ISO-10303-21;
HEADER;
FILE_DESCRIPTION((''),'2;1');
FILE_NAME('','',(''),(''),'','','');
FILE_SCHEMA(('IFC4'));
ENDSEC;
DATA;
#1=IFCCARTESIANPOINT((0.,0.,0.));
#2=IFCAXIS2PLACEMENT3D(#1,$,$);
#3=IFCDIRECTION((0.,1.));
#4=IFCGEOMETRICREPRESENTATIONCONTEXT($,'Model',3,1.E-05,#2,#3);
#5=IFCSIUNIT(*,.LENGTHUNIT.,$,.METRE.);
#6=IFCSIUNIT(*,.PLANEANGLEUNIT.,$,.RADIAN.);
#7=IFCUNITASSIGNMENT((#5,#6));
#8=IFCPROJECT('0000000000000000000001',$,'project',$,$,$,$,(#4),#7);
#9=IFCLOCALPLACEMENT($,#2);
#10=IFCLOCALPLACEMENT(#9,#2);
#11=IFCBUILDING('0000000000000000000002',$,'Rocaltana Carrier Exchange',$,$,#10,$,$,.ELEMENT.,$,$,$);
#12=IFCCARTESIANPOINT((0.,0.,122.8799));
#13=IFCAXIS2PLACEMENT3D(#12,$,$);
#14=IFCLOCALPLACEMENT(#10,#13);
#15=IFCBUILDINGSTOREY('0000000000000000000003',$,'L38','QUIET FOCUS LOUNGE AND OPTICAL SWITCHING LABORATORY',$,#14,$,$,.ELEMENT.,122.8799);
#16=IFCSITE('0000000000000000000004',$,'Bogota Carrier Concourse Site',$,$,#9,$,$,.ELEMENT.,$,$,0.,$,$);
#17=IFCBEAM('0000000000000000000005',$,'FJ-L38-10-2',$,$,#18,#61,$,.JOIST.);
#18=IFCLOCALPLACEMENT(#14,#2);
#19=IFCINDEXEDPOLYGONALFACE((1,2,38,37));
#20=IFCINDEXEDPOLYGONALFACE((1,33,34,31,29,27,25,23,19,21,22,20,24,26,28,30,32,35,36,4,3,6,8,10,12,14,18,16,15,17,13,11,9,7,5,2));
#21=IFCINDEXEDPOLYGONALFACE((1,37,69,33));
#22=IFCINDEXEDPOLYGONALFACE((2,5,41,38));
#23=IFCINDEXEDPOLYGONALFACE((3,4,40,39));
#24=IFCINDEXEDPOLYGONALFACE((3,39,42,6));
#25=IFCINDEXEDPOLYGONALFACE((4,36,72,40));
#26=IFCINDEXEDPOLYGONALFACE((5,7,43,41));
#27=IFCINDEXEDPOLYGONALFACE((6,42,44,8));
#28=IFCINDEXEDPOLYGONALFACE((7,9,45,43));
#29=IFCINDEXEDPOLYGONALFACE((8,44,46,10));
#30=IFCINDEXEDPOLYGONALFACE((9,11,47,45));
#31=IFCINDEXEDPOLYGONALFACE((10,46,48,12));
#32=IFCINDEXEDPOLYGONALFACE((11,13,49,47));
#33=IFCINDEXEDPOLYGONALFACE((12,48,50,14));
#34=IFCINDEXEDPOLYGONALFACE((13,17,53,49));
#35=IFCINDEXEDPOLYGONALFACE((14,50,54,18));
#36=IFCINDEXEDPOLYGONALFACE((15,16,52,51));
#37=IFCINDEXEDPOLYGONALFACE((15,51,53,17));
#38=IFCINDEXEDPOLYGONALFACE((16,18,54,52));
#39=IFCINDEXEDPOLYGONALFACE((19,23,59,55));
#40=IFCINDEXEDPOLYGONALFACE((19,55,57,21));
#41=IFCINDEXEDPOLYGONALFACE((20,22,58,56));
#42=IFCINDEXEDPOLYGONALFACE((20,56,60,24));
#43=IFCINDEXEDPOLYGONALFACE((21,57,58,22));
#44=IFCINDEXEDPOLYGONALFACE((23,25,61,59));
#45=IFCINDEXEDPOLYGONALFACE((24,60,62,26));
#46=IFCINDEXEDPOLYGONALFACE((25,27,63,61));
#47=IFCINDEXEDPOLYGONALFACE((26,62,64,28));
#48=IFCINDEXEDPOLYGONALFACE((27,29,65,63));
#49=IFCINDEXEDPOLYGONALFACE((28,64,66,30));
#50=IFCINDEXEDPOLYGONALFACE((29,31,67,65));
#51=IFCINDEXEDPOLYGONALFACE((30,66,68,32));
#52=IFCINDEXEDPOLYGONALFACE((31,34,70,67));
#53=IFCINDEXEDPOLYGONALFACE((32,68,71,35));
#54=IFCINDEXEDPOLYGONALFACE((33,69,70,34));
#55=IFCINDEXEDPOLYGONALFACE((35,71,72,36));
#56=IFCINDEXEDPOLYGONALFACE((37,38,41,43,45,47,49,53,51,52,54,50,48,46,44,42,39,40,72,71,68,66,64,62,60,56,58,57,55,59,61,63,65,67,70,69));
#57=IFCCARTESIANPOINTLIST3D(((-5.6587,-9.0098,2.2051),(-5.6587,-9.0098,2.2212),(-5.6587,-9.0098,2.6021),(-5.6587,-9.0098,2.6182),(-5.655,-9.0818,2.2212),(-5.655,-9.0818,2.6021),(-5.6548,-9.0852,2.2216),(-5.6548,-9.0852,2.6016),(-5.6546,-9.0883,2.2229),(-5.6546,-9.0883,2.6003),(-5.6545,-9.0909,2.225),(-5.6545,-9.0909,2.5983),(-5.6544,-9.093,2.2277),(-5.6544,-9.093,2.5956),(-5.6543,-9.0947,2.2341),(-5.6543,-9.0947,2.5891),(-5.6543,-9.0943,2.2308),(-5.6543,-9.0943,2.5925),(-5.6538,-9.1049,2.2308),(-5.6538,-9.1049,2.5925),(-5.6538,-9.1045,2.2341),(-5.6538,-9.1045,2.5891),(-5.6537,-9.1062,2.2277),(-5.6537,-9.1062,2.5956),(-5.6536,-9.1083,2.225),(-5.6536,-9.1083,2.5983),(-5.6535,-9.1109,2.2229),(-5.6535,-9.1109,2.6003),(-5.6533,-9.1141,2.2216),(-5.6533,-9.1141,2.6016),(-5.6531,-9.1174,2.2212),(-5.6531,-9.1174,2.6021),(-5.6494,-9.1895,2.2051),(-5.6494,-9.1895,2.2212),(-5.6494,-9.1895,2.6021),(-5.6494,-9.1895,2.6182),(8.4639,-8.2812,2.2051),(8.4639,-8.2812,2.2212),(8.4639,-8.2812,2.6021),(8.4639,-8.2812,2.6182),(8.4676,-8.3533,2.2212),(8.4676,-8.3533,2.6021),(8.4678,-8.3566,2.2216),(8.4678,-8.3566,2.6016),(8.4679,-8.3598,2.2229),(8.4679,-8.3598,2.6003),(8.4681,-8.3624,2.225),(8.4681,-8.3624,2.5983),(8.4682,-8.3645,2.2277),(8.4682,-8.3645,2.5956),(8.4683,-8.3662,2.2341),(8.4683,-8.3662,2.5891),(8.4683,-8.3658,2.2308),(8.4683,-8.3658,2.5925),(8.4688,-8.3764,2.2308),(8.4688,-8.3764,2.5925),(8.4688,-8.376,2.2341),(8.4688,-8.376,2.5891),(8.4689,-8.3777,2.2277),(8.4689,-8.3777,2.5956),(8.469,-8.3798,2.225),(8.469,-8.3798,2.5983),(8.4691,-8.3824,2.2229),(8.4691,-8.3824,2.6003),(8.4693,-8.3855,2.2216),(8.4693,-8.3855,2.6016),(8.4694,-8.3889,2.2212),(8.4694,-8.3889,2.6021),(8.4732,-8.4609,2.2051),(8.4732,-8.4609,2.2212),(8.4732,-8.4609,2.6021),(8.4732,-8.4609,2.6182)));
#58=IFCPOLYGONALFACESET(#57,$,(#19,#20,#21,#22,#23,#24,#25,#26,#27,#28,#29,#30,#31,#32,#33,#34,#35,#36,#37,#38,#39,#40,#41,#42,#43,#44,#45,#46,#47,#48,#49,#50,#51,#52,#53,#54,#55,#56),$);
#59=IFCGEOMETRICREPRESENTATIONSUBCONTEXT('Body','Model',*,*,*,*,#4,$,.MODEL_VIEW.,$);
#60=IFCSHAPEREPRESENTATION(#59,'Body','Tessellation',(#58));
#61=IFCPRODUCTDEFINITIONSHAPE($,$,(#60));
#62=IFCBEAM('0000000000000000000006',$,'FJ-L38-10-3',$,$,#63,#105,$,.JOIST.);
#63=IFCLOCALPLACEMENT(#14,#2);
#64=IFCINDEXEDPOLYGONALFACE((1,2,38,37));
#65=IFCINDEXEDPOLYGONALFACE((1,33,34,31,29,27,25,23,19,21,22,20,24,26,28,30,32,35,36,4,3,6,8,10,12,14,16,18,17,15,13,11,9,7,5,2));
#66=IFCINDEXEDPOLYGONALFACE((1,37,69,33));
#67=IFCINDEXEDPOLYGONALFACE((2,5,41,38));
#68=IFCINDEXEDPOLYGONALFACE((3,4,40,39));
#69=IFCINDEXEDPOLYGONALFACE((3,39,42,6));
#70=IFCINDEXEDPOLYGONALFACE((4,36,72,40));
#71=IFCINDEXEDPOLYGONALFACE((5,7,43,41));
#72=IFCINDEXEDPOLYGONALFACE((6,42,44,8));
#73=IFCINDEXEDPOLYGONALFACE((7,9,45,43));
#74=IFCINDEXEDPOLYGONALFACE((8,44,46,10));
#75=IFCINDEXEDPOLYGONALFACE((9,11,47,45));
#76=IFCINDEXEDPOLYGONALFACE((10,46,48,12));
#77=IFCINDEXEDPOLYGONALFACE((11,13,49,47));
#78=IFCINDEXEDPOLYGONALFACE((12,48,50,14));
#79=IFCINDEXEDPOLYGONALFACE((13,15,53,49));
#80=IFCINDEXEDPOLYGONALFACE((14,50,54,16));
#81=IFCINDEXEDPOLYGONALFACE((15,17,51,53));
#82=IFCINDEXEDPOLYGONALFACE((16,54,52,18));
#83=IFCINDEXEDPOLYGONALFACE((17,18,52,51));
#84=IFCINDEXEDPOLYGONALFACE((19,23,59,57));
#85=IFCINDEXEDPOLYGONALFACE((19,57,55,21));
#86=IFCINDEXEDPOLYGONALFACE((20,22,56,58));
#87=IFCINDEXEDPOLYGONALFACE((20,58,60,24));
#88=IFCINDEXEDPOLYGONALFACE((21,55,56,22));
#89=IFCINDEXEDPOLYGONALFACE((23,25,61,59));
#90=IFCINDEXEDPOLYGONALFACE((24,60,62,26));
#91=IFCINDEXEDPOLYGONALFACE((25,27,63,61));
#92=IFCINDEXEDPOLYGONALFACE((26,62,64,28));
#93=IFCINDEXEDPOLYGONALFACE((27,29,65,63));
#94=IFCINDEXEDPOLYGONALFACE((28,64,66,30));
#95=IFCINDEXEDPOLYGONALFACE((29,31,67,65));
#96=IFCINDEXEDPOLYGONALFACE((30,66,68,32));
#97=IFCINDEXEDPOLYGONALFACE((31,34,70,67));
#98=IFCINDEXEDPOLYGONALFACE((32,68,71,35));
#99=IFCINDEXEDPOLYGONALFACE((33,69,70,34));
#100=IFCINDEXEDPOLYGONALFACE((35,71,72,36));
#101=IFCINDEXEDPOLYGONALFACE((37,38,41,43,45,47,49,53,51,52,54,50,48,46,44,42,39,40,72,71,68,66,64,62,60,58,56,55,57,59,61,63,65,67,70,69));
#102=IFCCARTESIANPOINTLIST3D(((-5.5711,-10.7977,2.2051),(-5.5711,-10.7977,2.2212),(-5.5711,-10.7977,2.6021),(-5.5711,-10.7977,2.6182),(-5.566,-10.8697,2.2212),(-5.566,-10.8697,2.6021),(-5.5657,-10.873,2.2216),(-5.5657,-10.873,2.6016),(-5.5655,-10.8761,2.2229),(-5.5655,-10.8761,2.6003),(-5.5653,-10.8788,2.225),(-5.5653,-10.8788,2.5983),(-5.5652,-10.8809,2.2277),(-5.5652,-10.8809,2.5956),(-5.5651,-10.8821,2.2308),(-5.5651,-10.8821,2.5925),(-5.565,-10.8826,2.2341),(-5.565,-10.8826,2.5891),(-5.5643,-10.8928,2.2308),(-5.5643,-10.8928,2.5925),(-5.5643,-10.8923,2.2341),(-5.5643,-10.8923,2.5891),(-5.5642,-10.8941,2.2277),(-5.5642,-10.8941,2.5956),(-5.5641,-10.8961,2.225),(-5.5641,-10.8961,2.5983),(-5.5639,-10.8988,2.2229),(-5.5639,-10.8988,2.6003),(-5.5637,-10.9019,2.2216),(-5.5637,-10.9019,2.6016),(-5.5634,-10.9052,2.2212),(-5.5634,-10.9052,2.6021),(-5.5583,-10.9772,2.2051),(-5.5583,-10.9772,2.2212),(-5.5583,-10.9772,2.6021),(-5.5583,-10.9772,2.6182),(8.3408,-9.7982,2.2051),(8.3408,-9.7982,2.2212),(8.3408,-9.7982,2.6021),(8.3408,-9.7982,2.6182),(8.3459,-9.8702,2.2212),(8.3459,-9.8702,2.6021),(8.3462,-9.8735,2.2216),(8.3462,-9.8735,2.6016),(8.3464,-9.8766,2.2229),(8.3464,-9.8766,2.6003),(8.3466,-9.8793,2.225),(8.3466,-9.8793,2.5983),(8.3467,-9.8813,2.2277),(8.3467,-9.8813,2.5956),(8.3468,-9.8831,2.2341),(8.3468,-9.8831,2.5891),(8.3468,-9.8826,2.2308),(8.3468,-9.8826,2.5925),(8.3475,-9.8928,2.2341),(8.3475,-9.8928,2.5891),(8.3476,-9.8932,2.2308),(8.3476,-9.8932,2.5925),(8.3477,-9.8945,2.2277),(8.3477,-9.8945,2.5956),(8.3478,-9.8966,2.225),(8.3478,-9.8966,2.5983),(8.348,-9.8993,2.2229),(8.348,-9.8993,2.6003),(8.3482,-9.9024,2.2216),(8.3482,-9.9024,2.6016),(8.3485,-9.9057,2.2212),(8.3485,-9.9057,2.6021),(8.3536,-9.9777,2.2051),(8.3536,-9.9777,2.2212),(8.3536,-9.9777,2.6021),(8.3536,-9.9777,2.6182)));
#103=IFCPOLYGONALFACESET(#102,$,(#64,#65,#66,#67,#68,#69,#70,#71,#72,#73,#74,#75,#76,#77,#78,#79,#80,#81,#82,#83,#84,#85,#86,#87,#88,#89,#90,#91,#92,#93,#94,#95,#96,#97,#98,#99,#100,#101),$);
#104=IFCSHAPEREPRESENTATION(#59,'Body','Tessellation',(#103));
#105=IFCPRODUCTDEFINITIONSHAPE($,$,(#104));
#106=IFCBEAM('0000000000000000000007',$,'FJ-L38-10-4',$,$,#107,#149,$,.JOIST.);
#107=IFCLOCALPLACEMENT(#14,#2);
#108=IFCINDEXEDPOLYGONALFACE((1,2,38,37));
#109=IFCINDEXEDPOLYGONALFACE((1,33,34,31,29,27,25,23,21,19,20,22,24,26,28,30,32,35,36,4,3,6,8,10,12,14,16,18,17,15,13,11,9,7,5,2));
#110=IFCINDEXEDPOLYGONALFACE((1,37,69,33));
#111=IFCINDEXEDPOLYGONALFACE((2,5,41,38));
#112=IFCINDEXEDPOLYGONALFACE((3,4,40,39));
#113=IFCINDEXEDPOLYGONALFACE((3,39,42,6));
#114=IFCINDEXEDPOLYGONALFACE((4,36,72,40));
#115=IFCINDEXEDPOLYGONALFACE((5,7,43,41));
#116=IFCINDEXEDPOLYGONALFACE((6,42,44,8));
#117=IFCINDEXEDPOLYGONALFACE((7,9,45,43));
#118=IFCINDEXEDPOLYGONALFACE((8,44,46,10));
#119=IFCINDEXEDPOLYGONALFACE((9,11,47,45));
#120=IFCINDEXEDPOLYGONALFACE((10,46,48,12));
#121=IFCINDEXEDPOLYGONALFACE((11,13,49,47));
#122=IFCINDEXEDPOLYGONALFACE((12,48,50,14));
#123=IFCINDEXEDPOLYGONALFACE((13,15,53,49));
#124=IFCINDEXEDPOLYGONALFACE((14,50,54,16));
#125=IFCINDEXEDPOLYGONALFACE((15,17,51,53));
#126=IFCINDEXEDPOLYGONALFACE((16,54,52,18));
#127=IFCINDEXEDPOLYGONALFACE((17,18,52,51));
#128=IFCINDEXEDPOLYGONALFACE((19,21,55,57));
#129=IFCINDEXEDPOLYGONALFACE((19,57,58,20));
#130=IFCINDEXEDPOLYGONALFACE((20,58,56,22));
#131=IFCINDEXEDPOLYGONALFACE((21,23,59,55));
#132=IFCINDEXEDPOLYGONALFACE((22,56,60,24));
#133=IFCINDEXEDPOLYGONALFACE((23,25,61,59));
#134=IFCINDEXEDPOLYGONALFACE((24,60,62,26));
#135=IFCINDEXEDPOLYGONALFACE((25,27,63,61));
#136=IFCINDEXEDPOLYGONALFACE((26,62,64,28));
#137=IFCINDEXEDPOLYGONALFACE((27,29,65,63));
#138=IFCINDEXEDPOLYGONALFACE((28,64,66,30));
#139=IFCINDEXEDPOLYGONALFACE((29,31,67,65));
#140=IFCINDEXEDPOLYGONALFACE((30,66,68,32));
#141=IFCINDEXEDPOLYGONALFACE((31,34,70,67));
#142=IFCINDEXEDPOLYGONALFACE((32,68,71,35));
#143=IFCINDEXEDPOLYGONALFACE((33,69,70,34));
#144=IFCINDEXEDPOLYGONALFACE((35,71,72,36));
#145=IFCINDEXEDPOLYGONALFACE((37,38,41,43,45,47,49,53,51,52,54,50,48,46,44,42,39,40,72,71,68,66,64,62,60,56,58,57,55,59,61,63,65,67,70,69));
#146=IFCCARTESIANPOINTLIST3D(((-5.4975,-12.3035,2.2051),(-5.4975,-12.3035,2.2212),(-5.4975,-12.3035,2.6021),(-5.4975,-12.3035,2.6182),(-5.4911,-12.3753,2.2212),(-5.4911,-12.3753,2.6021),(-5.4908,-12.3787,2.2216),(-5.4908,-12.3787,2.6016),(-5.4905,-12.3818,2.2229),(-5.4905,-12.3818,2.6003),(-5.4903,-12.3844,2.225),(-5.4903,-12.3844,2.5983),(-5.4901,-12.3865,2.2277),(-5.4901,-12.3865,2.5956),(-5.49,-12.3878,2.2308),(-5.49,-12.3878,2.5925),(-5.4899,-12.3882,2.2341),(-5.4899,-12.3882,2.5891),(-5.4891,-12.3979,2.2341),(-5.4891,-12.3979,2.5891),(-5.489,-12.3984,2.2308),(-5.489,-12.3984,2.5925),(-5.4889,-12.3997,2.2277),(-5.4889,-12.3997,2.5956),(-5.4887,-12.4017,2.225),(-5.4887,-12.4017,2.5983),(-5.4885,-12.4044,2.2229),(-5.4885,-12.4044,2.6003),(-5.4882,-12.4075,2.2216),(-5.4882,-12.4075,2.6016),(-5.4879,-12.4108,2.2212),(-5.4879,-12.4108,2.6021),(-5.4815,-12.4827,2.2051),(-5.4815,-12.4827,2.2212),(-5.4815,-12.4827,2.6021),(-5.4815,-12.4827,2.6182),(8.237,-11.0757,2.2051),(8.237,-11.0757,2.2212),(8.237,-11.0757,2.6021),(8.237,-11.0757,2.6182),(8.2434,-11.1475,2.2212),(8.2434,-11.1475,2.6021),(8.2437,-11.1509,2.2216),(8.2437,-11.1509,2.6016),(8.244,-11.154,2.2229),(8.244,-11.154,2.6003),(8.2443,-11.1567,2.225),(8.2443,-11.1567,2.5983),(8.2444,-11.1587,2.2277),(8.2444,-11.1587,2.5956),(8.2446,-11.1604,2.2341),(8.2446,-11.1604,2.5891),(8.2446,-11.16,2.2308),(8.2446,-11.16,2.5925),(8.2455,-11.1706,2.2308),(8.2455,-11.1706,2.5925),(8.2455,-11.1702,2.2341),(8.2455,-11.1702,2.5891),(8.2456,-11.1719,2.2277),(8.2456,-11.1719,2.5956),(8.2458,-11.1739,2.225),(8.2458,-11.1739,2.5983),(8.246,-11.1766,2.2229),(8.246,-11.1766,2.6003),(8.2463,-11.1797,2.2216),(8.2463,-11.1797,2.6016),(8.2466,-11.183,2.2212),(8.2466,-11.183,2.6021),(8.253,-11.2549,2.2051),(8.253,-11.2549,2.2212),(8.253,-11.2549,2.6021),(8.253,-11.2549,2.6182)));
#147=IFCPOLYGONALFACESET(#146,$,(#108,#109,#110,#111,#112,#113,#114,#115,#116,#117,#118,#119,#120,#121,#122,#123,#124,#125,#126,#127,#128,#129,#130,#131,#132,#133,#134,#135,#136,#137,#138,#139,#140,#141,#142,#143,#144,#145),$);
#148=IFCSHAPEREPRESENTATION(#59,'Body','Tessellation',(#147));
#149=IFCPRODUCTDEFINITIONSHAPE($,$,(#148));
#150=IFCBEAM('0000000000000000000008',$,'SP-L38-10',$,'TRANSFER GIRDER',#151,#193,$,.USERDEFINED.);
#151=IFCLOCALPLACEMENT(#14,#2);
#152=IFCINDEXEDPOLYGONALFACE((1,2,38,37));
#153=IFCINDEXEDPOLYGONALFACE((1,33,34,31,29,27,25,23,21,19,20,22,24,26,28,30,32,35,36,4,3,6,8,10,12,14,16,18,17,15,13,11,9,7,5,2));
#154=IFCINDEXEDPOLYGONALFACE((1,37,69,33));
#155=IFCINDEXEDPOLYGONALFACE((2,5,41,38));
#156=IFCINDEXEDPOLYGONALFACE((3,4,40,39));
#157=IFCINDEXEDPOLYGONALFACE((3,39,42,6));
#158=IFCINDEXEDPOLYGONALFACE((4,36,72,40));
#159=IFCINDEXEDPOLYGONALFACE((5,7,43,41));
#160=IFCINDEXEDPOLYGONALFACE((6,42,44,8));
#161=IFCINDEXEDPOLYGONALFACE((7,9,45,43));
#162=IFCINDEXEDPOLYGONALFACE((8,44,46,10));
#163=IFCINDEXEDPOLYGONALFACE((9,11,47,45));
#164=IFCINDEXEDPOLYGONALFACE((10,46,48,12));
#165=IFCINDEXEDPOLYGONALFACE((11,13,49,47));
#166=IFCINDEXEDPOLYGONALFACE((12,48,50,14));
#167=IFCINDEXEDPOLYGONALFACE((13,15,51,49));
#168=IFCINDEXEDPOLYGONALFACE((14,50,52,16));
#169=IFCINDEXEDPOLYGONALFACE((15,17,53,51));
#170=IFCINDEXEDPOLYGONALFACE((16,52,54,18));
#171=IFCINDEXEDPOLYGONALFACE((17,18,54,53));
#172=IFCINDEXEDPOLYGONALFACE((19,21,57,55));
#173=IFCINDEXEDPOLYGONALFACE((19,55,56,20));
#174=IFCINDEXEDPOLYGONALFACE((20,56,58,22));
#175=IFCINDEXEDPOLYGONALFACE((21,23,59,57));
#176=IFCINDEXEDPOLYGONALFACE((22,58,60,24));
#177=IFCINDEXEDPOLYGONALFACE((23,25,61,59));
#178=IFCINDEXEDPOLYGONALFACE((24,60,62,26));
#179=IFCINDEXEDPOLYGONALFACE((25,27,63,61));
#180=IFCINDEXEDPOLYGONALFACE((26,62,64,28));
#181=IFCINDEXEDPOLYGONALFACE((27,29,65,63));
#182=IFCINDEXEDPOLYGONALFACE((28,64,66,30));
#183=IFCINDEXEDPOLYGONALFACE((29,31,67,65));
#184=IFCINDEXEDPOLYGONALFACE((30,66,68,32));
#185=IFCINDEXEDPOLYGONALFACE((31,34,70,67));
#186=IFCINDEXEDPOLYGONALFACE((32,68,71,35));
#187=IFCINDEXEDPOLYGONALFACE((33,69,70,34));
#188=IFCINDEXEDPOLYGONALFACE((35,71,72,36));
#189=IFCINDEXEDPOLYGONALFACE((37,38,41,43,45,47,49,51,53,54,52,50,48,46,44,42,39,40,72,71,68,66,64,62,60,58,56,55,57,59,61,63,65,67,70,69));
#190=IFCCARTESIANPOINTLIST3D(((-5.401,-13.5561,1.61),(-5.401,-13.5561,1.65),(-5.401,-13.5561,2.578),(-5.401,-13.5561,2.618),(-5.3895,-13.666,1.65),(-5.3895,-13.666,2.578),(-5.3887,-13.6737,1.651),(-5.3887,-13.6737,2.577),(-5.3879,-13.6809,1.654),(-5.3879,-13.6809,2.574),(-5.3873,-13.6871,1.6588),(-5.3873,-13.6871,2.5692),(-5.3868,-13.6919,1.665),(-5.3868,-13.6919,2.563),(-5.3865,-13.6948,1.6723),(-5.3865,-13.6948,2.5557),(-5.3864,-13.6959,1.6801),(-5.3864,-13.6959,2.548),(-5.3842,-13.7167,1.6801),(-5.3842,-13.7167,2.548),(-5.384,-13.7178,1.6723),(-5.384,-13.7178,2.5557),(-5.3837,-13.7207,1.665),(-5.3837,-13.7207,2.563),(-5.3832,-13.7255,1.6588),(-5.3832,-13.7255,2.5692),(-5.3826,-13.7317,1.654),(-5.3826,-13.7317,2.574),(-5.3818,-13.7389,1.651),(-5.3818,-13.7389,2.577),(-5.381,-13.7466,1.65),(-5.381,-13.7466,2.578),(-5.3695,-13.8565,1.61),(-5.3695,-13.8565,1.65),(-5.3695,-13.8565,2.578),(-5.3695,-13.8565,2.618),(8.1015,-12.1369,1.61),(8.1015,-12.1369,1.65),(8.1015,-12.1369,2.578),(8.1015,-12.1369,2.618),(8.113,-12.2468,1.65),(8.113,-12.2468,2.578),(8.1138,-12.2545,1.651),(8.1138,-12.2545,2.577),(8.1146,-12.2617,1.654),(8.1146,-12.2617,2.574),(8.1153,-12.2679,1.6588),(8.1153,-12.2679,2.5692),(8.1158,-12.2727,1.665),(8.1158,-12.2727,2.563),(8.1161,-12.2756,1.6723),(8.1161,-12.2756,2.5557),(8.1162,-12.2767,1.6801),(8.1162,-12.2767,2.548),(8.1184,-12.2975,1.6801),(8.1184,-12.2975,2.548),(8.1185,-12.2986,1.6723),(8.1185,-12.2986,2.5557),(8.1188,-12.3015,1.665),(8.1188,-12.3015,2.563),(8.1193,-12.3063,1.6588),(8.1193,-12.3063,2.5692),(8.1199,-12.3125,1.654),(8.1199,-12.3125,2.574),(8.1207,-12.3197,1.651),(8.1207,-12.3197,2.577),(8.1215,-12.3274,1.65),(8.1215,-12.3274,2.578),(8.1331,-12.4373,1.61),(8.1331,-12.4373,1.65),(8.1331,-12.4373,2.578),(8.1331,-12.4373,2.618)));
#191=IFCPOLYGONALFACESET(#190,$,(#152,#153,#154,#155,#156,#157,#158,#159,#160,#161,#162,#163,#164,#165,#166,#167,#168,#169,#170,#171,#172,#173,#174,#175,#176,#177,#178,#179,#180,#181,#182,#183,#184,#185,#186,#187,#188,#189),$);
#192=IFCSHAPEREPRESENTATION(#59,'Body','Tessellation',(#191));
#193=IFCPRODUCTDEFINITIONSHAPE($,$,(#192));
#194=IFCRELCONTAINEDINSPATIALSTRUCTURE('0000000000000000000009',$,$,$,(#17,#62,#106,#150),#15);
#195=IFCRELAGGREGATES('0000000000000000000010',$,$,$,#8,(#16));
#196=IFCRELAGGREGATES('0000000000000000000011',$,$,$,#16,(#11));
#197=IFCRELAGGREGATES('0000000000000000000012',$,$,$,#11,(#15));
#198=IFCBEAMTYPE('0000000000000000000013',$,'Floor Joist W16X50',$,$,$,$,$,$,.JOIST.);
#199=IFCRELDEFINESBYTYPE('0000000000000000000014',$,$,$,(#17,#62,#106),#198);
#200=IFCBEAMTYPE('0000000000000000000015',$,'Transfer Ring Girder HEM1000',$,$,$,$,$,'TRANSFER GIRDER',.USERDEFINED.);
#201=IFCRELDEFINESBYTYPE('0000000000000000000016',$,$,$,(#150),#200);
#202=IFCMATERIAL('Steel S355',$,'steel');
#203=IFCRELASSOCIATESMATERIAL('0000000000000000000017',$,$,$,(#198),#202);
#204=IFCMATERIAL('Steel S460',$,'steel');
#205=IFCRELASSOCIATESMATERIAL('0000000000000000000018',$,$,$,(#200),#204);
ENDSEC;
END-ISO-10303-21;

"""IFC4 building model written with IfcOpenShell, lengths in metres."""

from ifc_helpers import new_model, si_unit, direction, frame, origin, origin_2d, place, context, subcontext, project, spatial, i_section, extrude, material, material_profile, profile_set, type_object, element, save


model = new_model("IFC4")

# Units and contexts
model_context = context("Model", 3, precision=1e-05, world=origin(), true_north=direction((0.0, 1.0)))
body_context = subcontext(model_context, "Body", "Model", "MODEL_VIEW")
ifc_project = project(units=[si_unit("LENGTHUNIT", "METRE"), si_unit("PLANEANGLEUNIT", "RADIAN")], contexts=[model_context])

# Site, building, storey
site_placement = place(None, origin())
site = spatial("IfcSite", under=ifc_project, at=site_placement, Name="Bogota Carrier Concourse Site", CompositionType="ELEMENT", RefElevation=0.0)
building_placement = place(site_placement, origin())
building = spatial("IfcBuilding", under=site, at=building_placement, Name="Rocaltana Carrier Exchange", CompositionType="ELEMENT")
storey_placement = place(building_placement, frame((0.0, 0.0, 122.8799)))
storey = spatial("IfcBuildingStorey", under=building, at=storey_placement, Name="L38", Description="QUIET FOCUS LOUNGE AND OPTICAL SWITCHING LABORATORY", CompositionType="ELEMENT", Elevation=122.8799)

# Beams
ifc_material_1 = material(Name="Steel S355", Category="steel")
ifc_material_profile_1 = material_profile(ifc_material_1, i_section(OverallWidth=0.1799, OverallDepth=0.4131, WebThickness=0.0098, FlangeThickness=0.0161, FilletRadius=0.0129, at=origin_2d()), Name="W16X50")
ifc_profile_set_1 = profile_set([ifc_material_profile_1], Name="Steel S355")
beam_type_1 = type_object("IfcBeamType", Name="Floor Joist W16X50", PredefinedType="JOIST", material=ifc_profile_set_1)
beam_1_placement = place(storey_placement, frame((-5.6541, -9.0996, 2.4116), z_axis=(0.998672, 0.051517, 0.0), x_axis=(-0.051517, 0.998672, 0.0)))
element("IfcBeam", 1, at=beam_1_placement, inside=storey, type_object=beam_type_1, Name="FJ-L38-10-2", PredefinedType="JOIST", context=body_context, shape_type="SweptSolid", body=[
    extrude(i_section(OverallWidth=0.1799, OverallDepth=0.4131, WebThickness=0.0098, FlangeThickness=0.0161, FilletRadius=0.0129, at=origin_2d()), origin(), (0.0, 0.0, 1.0), 14.1414),
])
beam_2_placement = place(storey_placement, frame((-5.5647, -10.8875, 2.4116), z_axis=(0.997429, 0.071661, 0.0), x_axis=(-0.071661, 0.997429, 0.0)))
element("IfcBeam", 2, at=beam_2_placement, inside=storey, type_object=beam_type_1, Name="FJ-L38-10-3", PredefinedType="JOIST", context=body_context, shape_type="SweptSolid", body=[
    extrude(i_section(OverallWidth=0.1799, OverallDepth=0.4131, WebThickness=0.0098, FlangeThickness=0.0161, FilletRadius=0.0129, at=origin_2d()), origin(), (0.0, 0.0, 1.0), 13.9478),
])
beam_3_placement = place(storey_placement, frame((-5.4895, -12.3931, 2.4116), z_axis=(0.996028, 0.089038, 0.0), x_axis=(-0.089038, 0.996028, 0.0)))
element("IfcBeam", 3, at=beam_3_placement, inside=storey, type_object=beam_type_1, Name="FJ-L38-10-4", PredefinedType="JOIST", context=body_context, shape_type="SweptSolid", body=[
    extrude(i_section(OverallWidth=0.1799, OverallDepth=0.4131, WebThickness=0.0098, FlangeThickness=0.0161, FilletRadius=0.0129, at=origin_2d()), origin(), (0.0, 0.0, 1.0), 13.7893),
])
ifc_material_2 = material(Name="Steel S460", Category="steel")
ifc_material_profile_2 = material_profile(ifc_material_2, i_section(OverallWidth=0.302, OverallDepth=1.0081, WebThickness=0.021, FlangeThickness=0.04, FilletRadius=0.03, at=origin_2d()), Name="HEM1000")
ifc_profile_set_2 = profile_set([ifc_material_profile_2], Name="Steel S460")
beam_type_2 = type_object("IfcBeamType", Name="Transfer Ring Girder HEM1000", ElementType="TRANSFER GIRDER", PredefinedType="USERDEFINED", material=ifc_profile_set_2)
beam_4_placement = place(storey_placement, frame((-5.3853, -13.7063, 2.114), z_axis=(0.994522, 0.10453, 0.0), x_axis=(-0.10453, 0.994522, 0.0)))
element("IfcBeam", 4, at=beam_4_placement, inside=storey, type_object=beam_type_2, Name="SP-L38-10", ObjectType="TRANSFER GIRDER", PredefinedType="USERDEFINED", context=body_context, shape_type="SweptSolid", body=[
    extrude(i_section(OverallWidth=0.302, OverallDepth=1.0081, WebThickness=0.021, FlangeThickness=0.04, FilletRadius=0.03, at=origin_2d()), origin(), (0.0, 0.0, 1.0), 13.5769),
])

save(model, "model.ifc")
